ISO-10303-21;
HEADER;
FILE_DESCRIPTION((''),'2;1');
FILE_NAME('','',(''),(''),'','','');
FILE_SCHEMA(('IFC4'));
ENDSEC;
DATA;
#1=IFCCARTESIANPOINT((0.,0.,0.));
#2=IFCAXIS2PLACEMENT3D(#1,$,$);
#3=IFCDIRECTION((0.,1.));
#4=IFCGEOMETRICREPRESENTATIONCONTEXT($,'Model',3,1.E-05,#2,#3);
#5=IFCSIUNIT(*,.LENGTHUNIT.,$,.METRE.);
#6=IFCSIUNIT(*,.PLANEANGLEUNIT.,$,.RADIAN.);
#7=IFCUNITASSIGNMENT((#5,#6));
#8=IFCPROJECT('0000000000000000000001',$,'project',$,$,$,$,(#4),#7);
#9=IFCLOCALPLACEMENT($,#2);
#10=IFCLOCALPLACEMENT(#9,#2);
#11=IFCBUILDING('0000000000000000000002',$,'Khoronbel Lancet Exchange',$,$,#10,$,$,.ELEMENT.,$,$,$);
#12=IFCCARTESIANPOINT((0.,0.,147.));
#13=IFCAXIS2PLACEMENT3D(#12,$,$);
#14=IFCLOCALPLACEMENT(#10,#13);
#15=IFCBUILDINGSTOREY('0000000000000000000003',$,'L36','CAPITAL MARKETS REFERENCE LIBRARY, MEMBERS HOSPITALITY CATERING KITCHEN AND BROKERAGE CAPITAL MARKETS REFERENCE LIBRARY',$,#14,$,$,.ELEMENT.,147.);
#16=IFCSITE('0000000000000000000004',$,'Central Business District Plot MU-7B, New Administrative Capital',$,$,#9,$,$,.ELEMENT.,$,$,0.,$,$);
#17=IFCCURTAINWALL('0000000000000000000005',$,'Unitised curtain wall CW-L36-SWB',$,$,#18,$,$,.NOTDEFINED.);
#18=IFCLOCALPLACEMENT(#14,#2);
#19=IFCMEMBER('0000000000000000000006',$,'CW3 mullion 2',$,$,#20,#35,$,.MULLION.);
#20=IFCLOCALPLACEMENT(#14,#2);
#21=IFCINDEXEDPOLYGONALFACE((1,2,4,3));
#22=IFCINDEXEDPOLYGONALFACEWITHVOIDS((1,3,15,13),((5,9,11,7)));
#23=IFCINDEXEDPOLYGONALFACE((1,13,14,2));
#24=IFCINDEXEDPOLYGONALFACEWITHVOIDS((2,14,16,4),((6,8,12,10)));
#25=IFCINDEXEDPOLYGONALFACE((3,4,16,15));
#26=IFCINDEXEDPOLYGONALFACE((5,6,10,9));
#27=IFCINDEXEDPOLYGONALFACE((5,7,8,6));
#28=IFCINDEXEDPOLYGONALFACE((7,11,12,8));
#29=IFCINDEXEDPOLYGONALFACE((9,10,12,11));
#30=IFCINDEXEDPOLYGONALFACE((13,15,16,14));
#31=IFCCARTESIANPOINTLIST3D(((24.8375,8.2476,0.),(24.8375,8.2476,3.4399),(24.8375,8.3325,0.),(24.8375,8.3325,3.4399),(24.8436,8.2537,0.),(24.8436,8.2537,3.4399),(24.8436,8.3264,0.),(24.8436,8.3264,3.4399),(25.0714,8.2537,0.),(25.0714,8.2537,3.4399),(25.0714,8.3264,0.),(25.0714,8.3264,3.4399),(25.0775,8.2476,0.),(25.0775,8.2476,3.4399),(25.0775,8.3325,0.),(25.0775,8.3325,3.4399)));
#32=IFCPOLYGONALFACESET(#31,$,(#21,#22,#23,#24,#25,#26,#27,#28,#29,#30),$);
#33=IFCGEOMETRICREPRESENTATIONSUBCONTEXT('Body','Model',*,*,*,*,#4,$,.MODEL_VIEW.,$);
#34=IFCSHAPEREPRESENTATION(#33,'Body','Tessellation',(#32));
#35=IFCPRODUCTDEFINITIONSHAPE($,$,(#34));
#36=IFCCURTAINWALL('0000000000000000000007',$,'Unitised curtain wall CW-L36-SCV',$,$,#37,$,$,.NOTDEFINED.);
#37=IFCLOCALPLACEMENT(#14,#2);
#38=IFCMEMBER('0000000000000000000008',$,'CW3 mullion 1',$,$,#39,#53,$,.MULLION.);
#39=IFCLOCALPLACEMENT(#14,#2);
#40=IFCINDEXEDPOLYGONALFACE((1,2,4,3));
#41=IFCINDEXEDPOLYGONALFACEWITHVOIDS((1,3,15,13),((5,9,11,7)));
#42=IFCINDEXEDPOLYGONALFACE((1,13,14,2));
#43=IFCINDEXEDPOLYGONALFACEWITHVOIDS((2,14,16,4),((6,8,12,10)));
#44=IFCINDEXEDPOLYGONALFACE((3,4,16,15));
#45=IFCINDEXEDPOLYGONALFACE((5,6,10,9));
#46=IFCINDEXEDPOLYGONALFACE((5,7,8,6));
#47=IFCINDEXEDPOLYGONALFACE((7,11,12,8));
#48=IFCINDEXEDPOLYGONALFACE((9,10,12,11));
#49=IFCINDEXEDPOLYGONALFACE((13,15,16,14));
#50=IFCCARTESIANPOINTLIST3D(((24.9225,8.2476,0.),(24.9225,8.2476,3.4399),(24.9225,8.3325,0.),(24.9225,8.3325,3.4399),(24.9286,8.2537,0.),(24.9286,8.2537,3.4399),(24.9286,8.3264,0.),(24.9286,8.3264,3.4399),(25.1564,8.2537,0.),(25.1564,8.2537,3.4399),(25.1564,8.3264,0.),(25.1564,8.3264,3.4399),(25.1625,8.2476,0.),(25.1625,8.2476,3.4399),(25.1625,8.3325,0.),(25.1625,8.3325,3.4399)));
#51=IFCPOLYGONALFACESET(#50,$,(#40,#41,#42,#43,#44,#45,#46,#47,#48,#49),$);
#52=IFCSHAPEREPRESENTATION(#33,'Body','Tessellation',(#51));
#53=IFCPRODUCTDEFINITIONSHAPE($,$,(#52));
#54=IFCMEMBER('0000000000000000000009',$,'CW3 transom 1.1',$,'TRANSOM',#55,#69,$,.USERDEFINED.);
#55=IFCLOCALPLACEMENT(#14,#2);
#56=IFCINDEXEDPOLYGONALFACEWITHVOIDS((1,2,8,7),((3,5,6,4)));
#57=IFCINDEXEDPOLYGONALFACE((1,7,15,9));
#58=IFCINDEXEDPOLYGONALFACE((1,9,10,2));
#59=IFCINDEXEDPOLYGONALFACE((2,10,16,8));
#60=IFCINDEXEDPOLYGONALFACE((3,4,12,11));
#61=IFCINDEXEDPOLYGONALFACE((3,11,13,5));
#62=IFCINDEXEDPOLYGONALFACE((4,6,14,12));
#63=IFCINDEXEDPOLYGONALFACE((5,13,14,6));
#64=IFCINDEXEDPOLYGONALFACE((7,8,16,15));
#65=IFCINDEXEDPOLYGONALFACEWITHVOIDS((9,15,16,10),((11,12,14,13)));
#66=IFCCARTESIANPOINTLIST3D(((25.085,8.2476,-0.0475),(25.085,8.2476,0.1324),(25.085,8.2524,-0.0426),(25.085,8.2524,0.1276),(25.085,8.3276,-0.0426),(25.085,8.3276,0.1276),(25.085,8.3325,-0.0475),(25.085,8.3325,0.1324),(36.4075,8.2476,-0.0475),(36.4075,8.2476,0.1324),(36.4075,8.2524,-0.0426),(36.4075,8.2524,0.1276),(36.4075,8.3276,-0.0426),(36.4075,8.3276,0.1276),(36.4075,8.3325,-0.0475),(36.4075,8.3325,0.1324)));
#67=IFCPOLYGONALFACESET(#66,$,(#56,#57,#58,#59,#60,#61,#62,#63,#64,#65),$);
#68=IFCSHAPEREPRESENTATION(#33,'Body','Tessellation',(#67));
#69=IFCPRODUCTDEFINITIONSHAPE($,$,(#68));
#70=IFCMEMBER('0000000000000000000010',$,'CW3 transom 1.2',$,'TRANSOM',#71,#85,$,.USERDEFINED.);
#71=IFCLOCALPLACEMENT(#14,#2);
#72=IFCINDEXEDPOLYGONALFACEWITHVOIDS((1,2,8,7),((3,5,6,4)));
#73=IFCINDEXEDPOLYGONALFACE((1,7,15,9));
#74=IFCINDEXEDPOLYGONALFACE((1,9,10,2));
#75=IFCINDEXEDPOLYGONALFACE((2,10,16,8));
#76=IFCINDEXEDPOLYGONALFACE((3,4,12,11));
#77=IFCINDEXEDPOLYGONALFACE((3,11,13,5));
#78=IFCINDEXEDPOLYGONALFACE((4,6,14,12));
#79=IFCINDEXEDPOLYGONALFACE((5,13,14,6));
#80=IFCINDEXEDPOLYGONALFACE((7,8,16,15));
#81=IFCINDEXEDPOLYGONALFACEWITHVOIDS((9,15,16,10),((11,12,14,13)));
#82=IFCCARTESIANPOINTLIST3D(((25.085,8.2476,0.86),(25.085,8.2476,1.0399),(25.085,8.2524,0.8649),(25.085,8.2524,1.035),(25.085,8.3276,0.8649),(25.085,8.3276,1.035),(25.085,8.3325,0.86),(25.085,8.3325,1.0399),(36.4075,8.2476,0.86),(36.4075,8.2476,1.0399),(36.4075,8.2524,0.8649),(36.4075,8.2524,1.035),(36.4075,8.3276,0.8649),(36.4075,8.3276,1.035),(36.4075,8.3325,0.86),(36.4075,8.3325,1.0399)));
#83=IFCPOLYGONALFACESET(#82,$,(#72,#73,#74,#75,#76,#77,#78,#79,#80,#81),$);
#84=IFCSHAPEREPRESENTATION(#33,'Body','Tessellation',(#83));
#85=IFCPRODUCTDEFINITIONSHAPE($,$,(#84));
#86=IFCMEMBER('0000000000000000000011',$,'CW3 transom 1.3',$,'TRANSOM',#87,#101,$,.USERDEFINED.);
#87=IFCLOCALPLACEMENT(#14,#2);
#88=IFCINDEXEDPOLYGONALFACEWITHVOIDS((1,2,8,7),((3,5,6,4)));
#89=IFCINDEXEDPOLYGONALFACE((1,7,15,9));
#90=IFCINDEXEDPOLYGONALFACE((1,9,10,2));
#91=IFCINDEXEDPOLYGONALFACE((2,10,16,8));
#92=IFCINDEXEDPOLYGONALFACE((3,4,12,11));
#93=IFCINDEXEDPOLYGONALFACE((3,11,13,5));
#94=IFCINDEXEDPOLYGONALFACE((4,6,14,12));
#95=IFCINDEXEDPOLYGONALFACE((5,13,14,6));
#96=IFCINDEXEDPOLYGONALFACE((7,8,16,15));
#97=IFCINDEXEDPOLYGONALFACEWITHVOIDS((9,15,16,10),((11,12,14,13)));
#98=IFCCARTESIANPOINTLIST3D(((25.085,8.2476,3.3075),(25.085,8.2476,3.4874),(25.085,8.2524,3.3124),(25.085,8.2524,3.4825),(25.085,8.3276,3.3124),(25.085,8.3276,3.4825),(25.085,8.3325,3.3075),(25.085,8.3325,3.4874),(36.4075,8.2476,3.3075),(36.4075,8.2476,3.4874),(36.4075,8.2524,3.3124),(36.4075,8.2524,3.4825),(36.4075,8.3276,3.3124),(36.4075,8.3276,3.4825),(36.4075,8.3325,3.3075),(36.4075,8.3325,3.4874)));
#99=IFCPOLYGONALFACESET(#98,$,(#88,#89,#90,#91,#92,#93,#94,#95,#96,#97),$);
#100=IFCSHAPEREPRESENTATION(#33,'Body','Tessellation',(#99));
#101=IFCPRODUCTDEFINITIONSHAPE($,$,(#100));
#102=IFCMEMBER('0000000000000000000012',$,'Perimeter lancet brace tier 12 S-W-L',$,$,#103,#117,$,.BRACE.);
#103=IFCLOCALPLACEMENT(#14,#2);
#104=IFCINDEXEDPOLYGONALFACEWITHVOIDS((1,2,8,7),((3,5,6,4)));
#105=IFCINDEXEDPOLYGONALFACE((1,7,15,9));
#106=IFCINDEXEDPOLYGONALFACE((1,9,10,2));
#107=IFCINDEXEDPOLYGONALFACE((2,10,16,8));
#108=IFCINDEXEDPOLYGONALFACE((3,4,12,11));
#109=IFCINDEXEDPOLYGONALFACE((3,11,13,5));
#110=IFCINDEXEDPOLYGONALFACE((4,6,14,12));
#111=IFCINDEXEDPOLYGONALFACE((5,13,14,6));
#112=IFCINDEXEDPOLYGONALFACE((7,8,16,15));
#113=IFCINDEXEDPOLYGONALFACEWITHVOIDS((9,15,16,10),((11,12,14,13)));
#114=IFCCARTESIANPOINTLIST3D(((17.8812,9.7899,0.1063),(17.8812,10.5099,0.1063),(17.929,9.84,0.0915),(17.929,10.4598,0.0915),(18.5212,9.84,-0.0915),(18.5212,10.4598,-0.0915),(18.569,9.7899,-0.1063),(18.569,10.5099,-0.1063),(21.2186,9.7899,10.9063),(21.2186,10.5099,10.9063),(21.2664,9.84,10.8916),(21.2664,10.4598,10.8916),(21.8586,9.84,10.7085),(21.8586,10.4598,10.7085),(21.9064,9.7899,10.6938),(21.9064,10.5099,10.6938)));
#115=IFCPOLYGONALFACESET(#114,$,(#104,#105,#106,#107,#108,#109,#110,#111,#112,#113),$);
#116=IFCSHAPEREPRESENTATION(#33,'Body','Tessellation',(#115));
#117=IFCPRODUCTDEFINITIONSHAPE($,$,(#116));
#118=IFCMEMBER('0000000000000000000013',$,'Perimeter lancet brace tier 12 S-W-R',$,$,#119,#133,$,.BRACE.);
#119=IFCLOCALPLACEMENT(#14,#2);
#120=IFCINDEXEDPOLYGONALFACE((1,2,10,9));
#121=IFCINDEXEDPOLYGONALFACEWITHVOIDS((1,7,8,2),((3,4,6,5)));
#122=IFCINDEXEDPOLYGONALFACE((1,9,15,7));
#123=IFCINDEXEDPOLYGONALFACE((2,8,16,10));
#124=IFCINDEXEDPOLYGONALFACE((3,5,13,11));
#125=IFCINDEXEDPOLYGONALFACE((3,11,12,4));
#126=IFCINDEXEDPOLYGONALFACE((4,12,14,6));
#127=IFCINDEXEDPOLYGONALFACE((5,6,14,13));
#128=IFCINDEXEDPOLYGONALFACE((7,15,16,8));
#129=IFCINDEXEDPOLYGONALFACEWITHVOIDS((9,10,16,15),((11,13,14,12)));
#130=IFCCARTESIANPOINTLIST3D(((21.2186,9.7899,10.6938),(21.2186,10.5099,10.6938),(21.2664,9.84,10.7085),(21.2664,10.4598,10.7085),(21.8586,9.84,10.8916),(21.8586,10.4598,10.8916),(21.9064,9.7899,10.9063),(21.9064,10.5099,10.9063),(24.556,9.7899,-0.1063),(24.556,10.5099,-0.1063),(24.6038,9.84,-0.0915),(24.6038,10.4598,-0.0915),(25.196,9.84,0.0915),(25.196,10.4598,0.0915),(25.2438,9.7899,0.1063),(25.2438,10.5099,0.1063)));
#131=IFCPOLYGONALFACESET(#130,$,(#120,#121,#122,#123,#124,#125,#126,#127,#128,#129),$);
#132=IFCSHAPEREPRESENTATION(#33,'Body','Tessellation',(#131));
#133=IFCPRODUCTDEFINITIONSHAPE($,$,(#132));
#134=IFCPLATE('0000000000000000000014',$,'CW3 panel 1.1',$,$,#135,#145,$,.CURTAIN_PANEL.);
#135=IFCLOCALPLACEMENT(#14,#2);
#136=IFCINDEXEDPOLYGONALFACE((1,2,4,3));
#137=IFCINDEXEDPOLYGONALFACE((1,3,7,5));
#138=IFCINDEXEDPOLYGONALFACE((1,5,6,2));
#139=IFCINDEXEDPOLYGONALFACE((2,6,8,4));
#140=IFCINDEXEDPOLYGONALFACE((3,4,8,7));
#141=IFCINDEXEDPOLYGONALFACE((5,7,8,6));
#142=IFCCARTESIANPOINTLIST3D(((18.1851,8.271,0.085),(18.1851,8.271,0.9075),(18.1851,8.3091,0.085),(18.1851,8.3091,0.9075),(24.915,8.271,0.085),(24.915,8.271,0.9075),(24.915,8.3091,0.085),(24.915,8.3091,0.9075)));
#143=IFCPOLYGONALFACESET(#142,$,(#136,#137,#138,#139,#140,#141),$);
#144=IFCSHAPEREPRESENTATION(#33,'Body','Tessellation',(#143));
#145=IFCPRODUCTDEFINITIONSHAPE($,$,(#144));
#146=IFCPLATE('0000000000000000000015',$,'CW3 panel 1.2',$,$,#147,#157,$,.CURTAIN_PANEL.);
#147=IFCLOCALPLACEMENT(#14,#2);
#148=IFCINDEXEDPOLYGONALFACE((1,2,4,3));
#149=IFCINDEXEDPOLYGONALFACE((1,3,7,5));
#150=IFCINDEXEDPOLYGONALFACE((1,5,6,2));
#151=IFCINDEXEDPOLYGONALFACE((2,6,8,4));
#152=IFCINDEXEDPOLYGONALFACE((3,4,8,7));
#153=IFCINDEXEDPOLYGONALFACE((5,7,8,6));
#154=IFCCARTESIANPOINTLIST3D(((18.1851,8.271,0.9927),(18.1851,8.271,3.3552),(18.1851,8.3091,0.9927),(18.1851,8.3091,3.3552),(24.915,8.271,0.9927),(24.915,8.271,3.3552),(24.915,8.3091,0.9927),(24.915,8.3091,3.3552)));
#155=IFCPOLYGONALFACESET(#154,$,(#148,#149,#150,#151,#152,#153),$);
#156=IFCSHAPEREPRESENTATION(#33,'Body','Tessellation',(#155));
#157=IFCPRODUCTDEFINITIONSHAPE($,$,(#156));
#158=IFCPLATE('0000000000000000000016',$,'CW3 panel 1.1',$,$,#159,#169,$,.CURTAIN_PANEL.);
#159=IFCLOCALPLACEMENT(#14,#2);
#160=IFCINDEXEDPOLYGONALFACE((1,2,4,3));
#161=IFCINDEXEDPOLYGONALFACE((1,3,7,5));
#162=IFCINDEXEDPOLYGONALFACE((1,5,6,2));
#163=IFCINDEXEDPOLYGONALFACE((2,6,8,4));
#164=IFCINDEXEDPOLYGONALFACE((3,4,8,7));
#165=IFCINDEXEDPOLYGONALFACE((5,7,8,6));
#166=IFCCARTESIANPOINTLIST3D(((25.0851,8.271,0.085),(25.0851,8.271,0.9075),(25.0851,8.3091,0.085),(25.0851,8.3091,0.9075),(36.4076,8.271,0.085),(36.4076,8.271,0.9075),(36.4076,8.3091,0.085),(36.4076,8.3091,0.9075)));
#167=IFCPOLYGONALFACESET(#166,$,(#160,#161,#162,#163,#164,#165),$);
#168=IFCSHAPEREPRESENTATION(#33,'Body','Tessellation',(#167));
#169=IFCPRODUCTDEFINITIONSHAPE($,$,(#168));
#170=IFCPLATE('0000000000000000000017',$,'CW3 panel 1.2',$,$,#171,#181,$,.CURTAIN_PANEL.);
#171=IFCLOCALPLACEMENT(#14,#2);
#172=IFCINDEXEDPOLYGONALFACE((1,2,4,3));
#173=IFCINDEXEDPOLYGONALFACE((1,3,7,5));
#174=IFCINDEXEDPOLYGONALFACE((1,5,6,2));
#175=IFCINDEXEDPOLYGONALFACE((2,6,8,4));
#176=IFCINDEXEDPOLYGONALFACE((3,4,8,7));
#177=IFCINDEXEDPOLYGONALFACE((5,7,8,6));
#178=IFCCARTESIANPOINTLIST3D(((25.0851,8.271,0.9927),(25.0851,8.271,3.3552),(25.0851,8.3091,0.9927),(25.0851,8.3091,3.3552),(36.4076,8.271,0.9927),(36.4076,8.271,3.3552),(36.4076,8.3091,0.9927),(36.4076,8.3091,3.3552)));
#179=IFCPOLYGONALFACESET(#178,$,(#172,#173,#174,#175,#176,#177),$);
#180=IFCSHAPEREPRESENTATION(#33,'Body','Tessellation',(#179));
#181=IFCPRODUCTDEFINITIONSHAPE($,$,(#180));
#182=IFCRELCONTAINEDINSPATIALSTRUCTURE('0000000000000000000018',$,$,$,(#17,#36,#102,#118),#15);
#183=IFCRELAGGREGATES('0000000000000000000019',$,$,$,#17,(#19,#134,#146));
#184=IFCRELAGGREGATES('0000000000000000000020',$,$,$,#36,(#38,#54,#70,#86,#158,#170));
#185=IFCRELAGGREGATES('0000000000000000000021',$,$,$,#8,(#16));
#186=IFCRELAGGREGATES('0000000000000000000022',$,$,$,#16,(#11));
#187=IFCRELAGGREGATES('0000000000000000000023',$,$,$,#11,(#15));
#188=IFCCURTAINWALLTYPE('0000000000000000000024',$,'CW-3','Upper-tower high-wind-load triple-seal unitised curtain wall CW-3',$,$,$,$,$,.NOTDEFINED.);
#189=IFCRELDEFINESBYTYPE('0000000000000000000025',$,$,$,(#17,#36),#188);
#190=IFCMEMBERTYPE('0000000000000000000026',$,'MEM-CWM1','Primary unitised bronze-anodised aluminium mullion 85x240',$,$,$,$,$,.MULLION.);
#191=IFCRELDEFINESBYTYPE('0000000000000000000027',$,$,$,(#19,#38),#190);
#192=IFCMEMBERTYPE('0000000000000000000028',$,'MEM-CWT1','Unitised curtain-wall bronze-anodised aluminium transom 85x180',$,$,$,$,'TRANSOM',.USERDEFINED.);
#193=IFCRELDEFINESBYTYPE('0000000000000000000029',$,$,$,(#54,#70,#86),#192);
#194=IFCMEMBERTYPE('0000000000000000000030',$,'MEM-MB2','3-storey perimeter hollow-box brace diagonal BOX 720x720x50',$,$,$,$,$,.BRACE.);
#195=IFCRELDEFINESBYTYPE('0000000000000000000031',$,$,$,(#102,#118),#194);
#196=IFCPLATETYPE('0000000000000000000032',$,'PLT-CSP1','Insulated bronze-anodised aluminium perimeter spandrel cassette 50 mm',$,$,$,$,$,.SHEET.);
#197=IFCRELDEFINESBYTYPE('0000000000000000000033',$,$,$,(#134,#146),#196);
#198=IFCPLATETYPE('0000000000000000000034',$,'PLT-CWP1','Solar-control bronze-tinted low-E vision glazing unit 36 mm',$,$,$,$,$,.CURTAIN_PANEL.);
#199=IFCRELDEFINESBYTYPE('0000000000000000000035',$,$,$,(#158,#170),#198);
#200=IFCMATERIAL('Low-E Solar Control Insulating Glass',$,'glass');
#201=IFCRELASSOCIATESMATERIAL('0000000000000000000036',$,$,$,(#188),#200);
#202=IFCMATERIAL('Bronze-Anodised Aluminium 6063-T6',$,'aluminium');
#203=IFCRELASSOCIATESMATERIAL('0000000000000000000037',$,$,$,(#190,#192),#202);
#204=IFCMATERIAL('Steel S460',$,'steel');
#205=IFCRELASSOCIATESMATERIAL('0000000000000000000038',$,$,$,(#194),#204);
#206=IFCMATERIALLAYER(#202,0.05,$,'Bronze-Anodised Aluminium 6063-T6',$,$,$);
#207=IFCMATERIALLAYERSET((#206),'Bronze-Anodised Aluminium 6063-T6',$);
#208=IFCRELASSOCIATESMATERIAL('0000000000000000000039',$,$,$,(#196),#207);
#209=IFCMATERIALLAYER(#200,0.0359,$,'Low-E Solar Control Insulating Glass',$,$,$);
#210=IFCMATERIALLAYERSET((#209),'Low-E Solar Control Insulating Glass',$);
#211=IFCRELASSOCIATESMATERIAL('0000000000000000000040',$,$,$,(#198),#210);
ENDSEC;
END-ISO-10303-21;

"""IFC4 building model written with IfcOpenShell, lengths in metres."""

from ifc_helpers import new_model, si_unit, direction, frame, origin, origin_2d, place, context, subcontext, project, spatial, rectangle, hollow_rectangle, extrude, material, layer, layer_set, material_profile, profile_set, type_object, element, aggregate, save


model = new_model("IFC4")

# Units and contexts
model_context = context("Model", 3, precision=1e-05, world=origin(), true_north=direction((0.0, 1.0)))
body_context = subcontext(model_context, "Body", "Model", "MODEL_VIEW")
ifc_project = project(units=[si_unit("LENGTHUNIT", "METRE"), si_unit("PLANEANGLEUNIT", "RADIAN")], contexts=[model_context])

# Site, building, storey
site_placement = place(None, origin())
site = spatial("IfcSite", under=ifc_project, at=site_placement, Name="Central Business District Plot MU-7B, New Administrative Capital", CompositionType="ELEMENT", RefElevation=0.0)
building_placement = place(site_placement, origin())
building = spatial("IfcBuilding", under=site, at=building_placement, Name="Khoronbel Lancet Exchange", CompositionType="ELEMENT")
storey_placement = place(building_placement, frame((0.0, 0.0, 147.0)))
storey = spatial("IfcBuildingStorey", under=building, at=storey_placement, Name="L36", Description="CAPITAL MARKETS REFERENCE LIBRARY, MEMBERS HOSPITALITY CATERING KITCHEN AND BROKERAGE CAPITAL MARKETS REFERENCE LIBRARY", CompositionType="ELEMENT", Elevation=147.0)

# Shared definitions
ifc_material_1 = material(Name="Steel S460", Category="steel")

# Curtain wall, member
ifc_material_2 = material(Name="Low-E Solar Control Insulating Glass", Category="glass")
curtain_wall_type = type_object("IfcCurtainWallType", Name="CW-3", Description="Upper-tower high-wind-load triple-seal unitised curtain wall CW-3", PredefinedType="NOTDEFINED", material=ifc_material_2)
curtain_wall_1_placement = place(storey_placement, origin())
curtain_wall_1 = element("IfcCurtainWall", 1, at=curtain_wall_1_placement, inside=storey, type_object=curtain_wall_type, Name="Unitised curtain wall CW-L36-SWB", PredefinedType="NOTDEFINED")
ifc_material_3 = material(Name="Bronze-Anodised Aluminium 6063-T6", Category="aluminium")
ifc_material_profile_1 = material_profile(ifc_material_3, hollow_rectangle(XDim=0.085, YDim=0.24, WallThickness=0.0061, at=origin_2d()), Name="ALU MULLION 85x240")
ifc_profile_set_1 = profile_set([ifc_material_profile_1], Name="Bronze-Anodised Aluminium 6063-T6")
member_type_1 = type_object("IfcMemberType", Name="MEM-CWM1", Description="Primary unitised bronze-anodised aluminium mullion 85x240", PredefinedType="MULLION", material=ifc_profile_set_1)
member_1_placement = place(storey_placement, frame((24.9575, 8.29, 0.0), z_axis=(0.0, 0.0, 1.0), x_axis=(0.0, 1.0, 0.0)))
member_1 = element("IfcMember", 2, at=member_1_placement, type_object=member_type_1, Name="CW3 mullion 2", PredefinedType="MULLION", context=body_context, shape_type="SweptSolid", body=[
    extrude(hollow_rectangle(XDim=0.085, YDim=0.24, WallThickness=0.0061, at=origin_2d()), origin(), (0.0, 0.0, 1.0), 3.4399),
])

# Curtain wall, members
curtain_wall_2_placement = place(storey_placement, origin())
curtain_wall_2 = element("IfcCurtainWall", 3, at=curtain_wall_2_placement, inside=storey, type_object=curtain_wall_type, Name="Unitised curtain wall CW-L36-SCV", PredefinedType="NOTDEFINED")
member_2_placement = place(storey_placement, frame((25.0425, 8.29, 0.0), z_axis=(0.0, 0.0, 1.0), x_axis=(0.0, 1.0, 0.0)))
member_2 = element("IfcMember", 4, at=member_2_placement, type_object=member_type_1, Name="CW3 mullion 1", PredefinedType="MULLION", context=body_context, shape_type="SweptSolid", body=[
    extrude(hollow_rectangle(XDim=0.085, YDim=0.24, WallThickness=0.0061, at=origin_2d()), origin(), (0.0, 0.0, 1.0), 3.4399),
])
ifc_material_profile_2 = material_profile(ifc_material_3, hollow_rectangle(XDim=0.085, YDim=0.1799, WallThickness=0.0049, at=origin_2d()), Name="ALU TRANSOM 85x180")
ifc_profile_set_2 = profile_set([ifc_material_profile_2], Name="Bronze-Anodised Aluminium 6063-T6")
member_type_2 = type_object("IfcMemberType", Name="MEM-CWT1", Description="Unitised curtain-wall bronze-anodised aluminium transom 85x180", ElementType="TRANSOM", PredefinedType="USERDEFINED", material=ifc_profile_set_2)
member_3_placement = place(storey_placement, frame((25.085, 8.29, 0.0425), z_axis=(1.0, 0.0, 0.0), x_axis=(0.0, 1.0, 0.0)))
member_3 = element("IfcMember", 5, at=member_3_placement, type_object=member_type_2, Name="CW3 transom 1.1", ObjectType="TRANSOM", PredefinedType="USERDEFINED", context=body_context, shape_type="SweptSolid", body=[
    extrude(hollow_rectangle(XDim=0.085, YDim=0.1799, WallThickness=0.0049, at=origin_2d()), origin(), (0.0, 0.0, 1.0), 11.3225),
])
member_4_placement = place(storey_placement, frame((25.085, 8.29, 0.95), z_axis=(1.0, 0.0, 0.0), x_axis=(0.0, 1.0, 0.0)))
member_4 = element("IfcMember", 6, at=member_4_placement, type_object=member_type_2, Name="CW3 transom 1.2", ObjectType="TRANSOM", PredefinedType="USERDEFINED", context=body_context, shape_type="SweptSolid", body=[
    extrude(hollow_rectangle(XDim=0.085, YDim=0.1799, WallThickness=0.0049, at=origin_2d()), origin(), (0.0, 0.0, 1.0), 11.3225),
])
member_5_placement = place(storey_placement, frame((25.085, 8.29, 3.3975), z_axis=(1.0, 0.0, 0.0), x_axis=(0.0, 1.0, 0.0)))
member_5 = element("IfcMember", 7, at=member_5_placement, type_object=member_type_2, Name="CW3 transom 1.3", ObjectType="TRANSOM", PredefinedType="USERDEFINED", context=body_context, shape_type="SweptSolid", body=[
    extrude(hollow_rectangle(XDim=0.085, YDim=0.1799, WallThickness=0.0049, at=origin_2d()), origin(), (0.0, 0.0, 1.0), 11.3225),
])

# Members
ifc_material_profile_3 = material_profile(ifc_material_1, hollow_rectangle(XDim=0.72, YDim=0.72, WallThickness=0.05, at=origin_2d()), Name="BOX 720x720x50")
ifc_profile_set_3 = profile_set([ifc_material_profile_3], Name="Steel S460")
member_type_3 = type_object("IfcMemberType", Name="MEM-MB2", Description="3-storey perimeter hollow-box brace diagonal BOX 720x720x50", PredefinedType="BRACE", material=ifc_profile_set_3)
for number, where, z_axis, x_axis, name in (
    (8, (18.2251, 10.1499, 0.0), (0.295242, 0.0, 0.955422), (0.0, 1.0, 0.0), "Perimeter lancet brace tier 12 S-W-L"),
    (9, (24.8999, 10.1499, 0.0), (-0.295242, 0.0, 0.955422), (0.0, -1.0, 0.0), "Perimeter lancet brace tier 12 S-W-R"),
):
    element("IfcMember", number, at=place(storey_placement, frame(where, z_axis=z_axis, x_axis=x_axis)), inside=storey, type_object=member_type_3, Name=name, PredefinedType="BRACE", context=body_context, shape_type="SweptSolid", body=[
        extrude(hollow_rectangle(XDim=0.72, YDim=0.72, WallThickness=0.05, at=origin_2d()), origin(), (0.0, 0.0, 1.0), 11.304),
    ])

# Plates
ifc_layer_1 = layer(ifc_material_3, 0.05, Name="Bronze-Anodised Aluminium 6063-T6")
ifc_layer_set_1 = layer_set([ifc_layer_1], Name="Bronze-Anodised Aluminium 6063-T6")
plate_type_1 = type_object("IfcPlateType", Name="PLT-CSP1", Description="Insulated bronze-anodised aluminium perimeter spandrel cassette 50 mm", PredefinedType="SHEET", material=ifc_layer_set_1)
plate_1_placement = place(storey_placement, frame((21.55, 8.29, 0.085), z_axis=(0.0, 0.0, 1.0), x_axis=(1.0, 0.0, 0.0)))
plate_1 = element("IfcPlate", 10, at=plate_1_placement, type_object=plate_type_1, Name="CW3 panel 1.1", PredefinedType="CURTAIN_PANEL", context=body_context, shape_type="SweptSolid", body=[
    extrude(rectangle(XDim=6.73, YDim=0.0381, at=origin_2d()), origin(), (0.0, 0.0, 1.0), 0.8225),
])
plate_2_placement = place(storey_placement, frame((21.55, 8.29, 0.9927), z_axis=(0.0, 0.0, 1.0), x_axis=(1.0, 0.0, 0.0)))
plate_2 = element("IfcPlate", 11, at=plate_2_placement, type_object=plate_type_1, Name="CW3 panel 1.2", PredefinedType="CURTAIN_PANEL", context=body_context, shape_type="SweptSolid", body=[
    extrude(rectangle(XDim=6.73, YDim=0.0381, at=origin_2d()), origin(), (0.0, 0.0, 1.0), 2.3625),
])
aggregate(curtain_wall_1, [member_1, plate_1, plate_2])
ifc_layer_2 = layer(ifc_material_2, 0.0359, Name="Low-E Solar Control Insulating Glass")
ifc_layer_set_2 = layer_set([ifc_layer_2], Name="Low-E Solar Control Insulating Glass")
plate_type_2 = type_object("IfcPlateType", Name="PLT-CWP1", Description="Solar-control bronze-tinted low-E vision glazing unit 36 mm", PredefinedType="CURTAIN_PANEL", material=ifc_layer_set_2)
plate_3_placement = place(storey_placement, frame((30.7463, 8.29, 0.085), z_axis=(0.0, 0.0, 1.0), x_axis=(1.0, 0.0, 0.0)))
plate_3 = element("IfcPlate", 12, at=plate_3_placement, type_object=plate_type_2, Name="CW3 panel 1.1", PredefinedType="CURTAIN_PANEL", context=body_context, shape_type="SweptSolid", body=[
    extrude(rectangle(XDim=11.3225, YDim=0.0381, at=origin_2d()), origin(), (0.0, 0.0, 1.0), 0.8225),
])
plate_4_placement = place(storey_placement, frame((30.7463, 8.29, 0.9927), z_axis=(0.0, 0.0, 1.0), x_axis=(1.0, 0.0, 0.0)))
plate_4 = element("IfcPlate", 13, at=plate_4_placement, type_object=plate_type_2, Name="CW3 panel 1.2", PredefinedType="CURTAIN_PANEL", context=body_context, shape_type="SweptSolid", body=[
    extrude(rectangle(XDim=11.3225, YDim=0.0381, at=origin_2d()), origin(), (0.0, 0.0, 1.0), 2.3625),
])
aggregate(curtain_wall_2, [member_2, member_3, member_4, member_5, plate_3, plate_4])

save(model, "model.ifc")
